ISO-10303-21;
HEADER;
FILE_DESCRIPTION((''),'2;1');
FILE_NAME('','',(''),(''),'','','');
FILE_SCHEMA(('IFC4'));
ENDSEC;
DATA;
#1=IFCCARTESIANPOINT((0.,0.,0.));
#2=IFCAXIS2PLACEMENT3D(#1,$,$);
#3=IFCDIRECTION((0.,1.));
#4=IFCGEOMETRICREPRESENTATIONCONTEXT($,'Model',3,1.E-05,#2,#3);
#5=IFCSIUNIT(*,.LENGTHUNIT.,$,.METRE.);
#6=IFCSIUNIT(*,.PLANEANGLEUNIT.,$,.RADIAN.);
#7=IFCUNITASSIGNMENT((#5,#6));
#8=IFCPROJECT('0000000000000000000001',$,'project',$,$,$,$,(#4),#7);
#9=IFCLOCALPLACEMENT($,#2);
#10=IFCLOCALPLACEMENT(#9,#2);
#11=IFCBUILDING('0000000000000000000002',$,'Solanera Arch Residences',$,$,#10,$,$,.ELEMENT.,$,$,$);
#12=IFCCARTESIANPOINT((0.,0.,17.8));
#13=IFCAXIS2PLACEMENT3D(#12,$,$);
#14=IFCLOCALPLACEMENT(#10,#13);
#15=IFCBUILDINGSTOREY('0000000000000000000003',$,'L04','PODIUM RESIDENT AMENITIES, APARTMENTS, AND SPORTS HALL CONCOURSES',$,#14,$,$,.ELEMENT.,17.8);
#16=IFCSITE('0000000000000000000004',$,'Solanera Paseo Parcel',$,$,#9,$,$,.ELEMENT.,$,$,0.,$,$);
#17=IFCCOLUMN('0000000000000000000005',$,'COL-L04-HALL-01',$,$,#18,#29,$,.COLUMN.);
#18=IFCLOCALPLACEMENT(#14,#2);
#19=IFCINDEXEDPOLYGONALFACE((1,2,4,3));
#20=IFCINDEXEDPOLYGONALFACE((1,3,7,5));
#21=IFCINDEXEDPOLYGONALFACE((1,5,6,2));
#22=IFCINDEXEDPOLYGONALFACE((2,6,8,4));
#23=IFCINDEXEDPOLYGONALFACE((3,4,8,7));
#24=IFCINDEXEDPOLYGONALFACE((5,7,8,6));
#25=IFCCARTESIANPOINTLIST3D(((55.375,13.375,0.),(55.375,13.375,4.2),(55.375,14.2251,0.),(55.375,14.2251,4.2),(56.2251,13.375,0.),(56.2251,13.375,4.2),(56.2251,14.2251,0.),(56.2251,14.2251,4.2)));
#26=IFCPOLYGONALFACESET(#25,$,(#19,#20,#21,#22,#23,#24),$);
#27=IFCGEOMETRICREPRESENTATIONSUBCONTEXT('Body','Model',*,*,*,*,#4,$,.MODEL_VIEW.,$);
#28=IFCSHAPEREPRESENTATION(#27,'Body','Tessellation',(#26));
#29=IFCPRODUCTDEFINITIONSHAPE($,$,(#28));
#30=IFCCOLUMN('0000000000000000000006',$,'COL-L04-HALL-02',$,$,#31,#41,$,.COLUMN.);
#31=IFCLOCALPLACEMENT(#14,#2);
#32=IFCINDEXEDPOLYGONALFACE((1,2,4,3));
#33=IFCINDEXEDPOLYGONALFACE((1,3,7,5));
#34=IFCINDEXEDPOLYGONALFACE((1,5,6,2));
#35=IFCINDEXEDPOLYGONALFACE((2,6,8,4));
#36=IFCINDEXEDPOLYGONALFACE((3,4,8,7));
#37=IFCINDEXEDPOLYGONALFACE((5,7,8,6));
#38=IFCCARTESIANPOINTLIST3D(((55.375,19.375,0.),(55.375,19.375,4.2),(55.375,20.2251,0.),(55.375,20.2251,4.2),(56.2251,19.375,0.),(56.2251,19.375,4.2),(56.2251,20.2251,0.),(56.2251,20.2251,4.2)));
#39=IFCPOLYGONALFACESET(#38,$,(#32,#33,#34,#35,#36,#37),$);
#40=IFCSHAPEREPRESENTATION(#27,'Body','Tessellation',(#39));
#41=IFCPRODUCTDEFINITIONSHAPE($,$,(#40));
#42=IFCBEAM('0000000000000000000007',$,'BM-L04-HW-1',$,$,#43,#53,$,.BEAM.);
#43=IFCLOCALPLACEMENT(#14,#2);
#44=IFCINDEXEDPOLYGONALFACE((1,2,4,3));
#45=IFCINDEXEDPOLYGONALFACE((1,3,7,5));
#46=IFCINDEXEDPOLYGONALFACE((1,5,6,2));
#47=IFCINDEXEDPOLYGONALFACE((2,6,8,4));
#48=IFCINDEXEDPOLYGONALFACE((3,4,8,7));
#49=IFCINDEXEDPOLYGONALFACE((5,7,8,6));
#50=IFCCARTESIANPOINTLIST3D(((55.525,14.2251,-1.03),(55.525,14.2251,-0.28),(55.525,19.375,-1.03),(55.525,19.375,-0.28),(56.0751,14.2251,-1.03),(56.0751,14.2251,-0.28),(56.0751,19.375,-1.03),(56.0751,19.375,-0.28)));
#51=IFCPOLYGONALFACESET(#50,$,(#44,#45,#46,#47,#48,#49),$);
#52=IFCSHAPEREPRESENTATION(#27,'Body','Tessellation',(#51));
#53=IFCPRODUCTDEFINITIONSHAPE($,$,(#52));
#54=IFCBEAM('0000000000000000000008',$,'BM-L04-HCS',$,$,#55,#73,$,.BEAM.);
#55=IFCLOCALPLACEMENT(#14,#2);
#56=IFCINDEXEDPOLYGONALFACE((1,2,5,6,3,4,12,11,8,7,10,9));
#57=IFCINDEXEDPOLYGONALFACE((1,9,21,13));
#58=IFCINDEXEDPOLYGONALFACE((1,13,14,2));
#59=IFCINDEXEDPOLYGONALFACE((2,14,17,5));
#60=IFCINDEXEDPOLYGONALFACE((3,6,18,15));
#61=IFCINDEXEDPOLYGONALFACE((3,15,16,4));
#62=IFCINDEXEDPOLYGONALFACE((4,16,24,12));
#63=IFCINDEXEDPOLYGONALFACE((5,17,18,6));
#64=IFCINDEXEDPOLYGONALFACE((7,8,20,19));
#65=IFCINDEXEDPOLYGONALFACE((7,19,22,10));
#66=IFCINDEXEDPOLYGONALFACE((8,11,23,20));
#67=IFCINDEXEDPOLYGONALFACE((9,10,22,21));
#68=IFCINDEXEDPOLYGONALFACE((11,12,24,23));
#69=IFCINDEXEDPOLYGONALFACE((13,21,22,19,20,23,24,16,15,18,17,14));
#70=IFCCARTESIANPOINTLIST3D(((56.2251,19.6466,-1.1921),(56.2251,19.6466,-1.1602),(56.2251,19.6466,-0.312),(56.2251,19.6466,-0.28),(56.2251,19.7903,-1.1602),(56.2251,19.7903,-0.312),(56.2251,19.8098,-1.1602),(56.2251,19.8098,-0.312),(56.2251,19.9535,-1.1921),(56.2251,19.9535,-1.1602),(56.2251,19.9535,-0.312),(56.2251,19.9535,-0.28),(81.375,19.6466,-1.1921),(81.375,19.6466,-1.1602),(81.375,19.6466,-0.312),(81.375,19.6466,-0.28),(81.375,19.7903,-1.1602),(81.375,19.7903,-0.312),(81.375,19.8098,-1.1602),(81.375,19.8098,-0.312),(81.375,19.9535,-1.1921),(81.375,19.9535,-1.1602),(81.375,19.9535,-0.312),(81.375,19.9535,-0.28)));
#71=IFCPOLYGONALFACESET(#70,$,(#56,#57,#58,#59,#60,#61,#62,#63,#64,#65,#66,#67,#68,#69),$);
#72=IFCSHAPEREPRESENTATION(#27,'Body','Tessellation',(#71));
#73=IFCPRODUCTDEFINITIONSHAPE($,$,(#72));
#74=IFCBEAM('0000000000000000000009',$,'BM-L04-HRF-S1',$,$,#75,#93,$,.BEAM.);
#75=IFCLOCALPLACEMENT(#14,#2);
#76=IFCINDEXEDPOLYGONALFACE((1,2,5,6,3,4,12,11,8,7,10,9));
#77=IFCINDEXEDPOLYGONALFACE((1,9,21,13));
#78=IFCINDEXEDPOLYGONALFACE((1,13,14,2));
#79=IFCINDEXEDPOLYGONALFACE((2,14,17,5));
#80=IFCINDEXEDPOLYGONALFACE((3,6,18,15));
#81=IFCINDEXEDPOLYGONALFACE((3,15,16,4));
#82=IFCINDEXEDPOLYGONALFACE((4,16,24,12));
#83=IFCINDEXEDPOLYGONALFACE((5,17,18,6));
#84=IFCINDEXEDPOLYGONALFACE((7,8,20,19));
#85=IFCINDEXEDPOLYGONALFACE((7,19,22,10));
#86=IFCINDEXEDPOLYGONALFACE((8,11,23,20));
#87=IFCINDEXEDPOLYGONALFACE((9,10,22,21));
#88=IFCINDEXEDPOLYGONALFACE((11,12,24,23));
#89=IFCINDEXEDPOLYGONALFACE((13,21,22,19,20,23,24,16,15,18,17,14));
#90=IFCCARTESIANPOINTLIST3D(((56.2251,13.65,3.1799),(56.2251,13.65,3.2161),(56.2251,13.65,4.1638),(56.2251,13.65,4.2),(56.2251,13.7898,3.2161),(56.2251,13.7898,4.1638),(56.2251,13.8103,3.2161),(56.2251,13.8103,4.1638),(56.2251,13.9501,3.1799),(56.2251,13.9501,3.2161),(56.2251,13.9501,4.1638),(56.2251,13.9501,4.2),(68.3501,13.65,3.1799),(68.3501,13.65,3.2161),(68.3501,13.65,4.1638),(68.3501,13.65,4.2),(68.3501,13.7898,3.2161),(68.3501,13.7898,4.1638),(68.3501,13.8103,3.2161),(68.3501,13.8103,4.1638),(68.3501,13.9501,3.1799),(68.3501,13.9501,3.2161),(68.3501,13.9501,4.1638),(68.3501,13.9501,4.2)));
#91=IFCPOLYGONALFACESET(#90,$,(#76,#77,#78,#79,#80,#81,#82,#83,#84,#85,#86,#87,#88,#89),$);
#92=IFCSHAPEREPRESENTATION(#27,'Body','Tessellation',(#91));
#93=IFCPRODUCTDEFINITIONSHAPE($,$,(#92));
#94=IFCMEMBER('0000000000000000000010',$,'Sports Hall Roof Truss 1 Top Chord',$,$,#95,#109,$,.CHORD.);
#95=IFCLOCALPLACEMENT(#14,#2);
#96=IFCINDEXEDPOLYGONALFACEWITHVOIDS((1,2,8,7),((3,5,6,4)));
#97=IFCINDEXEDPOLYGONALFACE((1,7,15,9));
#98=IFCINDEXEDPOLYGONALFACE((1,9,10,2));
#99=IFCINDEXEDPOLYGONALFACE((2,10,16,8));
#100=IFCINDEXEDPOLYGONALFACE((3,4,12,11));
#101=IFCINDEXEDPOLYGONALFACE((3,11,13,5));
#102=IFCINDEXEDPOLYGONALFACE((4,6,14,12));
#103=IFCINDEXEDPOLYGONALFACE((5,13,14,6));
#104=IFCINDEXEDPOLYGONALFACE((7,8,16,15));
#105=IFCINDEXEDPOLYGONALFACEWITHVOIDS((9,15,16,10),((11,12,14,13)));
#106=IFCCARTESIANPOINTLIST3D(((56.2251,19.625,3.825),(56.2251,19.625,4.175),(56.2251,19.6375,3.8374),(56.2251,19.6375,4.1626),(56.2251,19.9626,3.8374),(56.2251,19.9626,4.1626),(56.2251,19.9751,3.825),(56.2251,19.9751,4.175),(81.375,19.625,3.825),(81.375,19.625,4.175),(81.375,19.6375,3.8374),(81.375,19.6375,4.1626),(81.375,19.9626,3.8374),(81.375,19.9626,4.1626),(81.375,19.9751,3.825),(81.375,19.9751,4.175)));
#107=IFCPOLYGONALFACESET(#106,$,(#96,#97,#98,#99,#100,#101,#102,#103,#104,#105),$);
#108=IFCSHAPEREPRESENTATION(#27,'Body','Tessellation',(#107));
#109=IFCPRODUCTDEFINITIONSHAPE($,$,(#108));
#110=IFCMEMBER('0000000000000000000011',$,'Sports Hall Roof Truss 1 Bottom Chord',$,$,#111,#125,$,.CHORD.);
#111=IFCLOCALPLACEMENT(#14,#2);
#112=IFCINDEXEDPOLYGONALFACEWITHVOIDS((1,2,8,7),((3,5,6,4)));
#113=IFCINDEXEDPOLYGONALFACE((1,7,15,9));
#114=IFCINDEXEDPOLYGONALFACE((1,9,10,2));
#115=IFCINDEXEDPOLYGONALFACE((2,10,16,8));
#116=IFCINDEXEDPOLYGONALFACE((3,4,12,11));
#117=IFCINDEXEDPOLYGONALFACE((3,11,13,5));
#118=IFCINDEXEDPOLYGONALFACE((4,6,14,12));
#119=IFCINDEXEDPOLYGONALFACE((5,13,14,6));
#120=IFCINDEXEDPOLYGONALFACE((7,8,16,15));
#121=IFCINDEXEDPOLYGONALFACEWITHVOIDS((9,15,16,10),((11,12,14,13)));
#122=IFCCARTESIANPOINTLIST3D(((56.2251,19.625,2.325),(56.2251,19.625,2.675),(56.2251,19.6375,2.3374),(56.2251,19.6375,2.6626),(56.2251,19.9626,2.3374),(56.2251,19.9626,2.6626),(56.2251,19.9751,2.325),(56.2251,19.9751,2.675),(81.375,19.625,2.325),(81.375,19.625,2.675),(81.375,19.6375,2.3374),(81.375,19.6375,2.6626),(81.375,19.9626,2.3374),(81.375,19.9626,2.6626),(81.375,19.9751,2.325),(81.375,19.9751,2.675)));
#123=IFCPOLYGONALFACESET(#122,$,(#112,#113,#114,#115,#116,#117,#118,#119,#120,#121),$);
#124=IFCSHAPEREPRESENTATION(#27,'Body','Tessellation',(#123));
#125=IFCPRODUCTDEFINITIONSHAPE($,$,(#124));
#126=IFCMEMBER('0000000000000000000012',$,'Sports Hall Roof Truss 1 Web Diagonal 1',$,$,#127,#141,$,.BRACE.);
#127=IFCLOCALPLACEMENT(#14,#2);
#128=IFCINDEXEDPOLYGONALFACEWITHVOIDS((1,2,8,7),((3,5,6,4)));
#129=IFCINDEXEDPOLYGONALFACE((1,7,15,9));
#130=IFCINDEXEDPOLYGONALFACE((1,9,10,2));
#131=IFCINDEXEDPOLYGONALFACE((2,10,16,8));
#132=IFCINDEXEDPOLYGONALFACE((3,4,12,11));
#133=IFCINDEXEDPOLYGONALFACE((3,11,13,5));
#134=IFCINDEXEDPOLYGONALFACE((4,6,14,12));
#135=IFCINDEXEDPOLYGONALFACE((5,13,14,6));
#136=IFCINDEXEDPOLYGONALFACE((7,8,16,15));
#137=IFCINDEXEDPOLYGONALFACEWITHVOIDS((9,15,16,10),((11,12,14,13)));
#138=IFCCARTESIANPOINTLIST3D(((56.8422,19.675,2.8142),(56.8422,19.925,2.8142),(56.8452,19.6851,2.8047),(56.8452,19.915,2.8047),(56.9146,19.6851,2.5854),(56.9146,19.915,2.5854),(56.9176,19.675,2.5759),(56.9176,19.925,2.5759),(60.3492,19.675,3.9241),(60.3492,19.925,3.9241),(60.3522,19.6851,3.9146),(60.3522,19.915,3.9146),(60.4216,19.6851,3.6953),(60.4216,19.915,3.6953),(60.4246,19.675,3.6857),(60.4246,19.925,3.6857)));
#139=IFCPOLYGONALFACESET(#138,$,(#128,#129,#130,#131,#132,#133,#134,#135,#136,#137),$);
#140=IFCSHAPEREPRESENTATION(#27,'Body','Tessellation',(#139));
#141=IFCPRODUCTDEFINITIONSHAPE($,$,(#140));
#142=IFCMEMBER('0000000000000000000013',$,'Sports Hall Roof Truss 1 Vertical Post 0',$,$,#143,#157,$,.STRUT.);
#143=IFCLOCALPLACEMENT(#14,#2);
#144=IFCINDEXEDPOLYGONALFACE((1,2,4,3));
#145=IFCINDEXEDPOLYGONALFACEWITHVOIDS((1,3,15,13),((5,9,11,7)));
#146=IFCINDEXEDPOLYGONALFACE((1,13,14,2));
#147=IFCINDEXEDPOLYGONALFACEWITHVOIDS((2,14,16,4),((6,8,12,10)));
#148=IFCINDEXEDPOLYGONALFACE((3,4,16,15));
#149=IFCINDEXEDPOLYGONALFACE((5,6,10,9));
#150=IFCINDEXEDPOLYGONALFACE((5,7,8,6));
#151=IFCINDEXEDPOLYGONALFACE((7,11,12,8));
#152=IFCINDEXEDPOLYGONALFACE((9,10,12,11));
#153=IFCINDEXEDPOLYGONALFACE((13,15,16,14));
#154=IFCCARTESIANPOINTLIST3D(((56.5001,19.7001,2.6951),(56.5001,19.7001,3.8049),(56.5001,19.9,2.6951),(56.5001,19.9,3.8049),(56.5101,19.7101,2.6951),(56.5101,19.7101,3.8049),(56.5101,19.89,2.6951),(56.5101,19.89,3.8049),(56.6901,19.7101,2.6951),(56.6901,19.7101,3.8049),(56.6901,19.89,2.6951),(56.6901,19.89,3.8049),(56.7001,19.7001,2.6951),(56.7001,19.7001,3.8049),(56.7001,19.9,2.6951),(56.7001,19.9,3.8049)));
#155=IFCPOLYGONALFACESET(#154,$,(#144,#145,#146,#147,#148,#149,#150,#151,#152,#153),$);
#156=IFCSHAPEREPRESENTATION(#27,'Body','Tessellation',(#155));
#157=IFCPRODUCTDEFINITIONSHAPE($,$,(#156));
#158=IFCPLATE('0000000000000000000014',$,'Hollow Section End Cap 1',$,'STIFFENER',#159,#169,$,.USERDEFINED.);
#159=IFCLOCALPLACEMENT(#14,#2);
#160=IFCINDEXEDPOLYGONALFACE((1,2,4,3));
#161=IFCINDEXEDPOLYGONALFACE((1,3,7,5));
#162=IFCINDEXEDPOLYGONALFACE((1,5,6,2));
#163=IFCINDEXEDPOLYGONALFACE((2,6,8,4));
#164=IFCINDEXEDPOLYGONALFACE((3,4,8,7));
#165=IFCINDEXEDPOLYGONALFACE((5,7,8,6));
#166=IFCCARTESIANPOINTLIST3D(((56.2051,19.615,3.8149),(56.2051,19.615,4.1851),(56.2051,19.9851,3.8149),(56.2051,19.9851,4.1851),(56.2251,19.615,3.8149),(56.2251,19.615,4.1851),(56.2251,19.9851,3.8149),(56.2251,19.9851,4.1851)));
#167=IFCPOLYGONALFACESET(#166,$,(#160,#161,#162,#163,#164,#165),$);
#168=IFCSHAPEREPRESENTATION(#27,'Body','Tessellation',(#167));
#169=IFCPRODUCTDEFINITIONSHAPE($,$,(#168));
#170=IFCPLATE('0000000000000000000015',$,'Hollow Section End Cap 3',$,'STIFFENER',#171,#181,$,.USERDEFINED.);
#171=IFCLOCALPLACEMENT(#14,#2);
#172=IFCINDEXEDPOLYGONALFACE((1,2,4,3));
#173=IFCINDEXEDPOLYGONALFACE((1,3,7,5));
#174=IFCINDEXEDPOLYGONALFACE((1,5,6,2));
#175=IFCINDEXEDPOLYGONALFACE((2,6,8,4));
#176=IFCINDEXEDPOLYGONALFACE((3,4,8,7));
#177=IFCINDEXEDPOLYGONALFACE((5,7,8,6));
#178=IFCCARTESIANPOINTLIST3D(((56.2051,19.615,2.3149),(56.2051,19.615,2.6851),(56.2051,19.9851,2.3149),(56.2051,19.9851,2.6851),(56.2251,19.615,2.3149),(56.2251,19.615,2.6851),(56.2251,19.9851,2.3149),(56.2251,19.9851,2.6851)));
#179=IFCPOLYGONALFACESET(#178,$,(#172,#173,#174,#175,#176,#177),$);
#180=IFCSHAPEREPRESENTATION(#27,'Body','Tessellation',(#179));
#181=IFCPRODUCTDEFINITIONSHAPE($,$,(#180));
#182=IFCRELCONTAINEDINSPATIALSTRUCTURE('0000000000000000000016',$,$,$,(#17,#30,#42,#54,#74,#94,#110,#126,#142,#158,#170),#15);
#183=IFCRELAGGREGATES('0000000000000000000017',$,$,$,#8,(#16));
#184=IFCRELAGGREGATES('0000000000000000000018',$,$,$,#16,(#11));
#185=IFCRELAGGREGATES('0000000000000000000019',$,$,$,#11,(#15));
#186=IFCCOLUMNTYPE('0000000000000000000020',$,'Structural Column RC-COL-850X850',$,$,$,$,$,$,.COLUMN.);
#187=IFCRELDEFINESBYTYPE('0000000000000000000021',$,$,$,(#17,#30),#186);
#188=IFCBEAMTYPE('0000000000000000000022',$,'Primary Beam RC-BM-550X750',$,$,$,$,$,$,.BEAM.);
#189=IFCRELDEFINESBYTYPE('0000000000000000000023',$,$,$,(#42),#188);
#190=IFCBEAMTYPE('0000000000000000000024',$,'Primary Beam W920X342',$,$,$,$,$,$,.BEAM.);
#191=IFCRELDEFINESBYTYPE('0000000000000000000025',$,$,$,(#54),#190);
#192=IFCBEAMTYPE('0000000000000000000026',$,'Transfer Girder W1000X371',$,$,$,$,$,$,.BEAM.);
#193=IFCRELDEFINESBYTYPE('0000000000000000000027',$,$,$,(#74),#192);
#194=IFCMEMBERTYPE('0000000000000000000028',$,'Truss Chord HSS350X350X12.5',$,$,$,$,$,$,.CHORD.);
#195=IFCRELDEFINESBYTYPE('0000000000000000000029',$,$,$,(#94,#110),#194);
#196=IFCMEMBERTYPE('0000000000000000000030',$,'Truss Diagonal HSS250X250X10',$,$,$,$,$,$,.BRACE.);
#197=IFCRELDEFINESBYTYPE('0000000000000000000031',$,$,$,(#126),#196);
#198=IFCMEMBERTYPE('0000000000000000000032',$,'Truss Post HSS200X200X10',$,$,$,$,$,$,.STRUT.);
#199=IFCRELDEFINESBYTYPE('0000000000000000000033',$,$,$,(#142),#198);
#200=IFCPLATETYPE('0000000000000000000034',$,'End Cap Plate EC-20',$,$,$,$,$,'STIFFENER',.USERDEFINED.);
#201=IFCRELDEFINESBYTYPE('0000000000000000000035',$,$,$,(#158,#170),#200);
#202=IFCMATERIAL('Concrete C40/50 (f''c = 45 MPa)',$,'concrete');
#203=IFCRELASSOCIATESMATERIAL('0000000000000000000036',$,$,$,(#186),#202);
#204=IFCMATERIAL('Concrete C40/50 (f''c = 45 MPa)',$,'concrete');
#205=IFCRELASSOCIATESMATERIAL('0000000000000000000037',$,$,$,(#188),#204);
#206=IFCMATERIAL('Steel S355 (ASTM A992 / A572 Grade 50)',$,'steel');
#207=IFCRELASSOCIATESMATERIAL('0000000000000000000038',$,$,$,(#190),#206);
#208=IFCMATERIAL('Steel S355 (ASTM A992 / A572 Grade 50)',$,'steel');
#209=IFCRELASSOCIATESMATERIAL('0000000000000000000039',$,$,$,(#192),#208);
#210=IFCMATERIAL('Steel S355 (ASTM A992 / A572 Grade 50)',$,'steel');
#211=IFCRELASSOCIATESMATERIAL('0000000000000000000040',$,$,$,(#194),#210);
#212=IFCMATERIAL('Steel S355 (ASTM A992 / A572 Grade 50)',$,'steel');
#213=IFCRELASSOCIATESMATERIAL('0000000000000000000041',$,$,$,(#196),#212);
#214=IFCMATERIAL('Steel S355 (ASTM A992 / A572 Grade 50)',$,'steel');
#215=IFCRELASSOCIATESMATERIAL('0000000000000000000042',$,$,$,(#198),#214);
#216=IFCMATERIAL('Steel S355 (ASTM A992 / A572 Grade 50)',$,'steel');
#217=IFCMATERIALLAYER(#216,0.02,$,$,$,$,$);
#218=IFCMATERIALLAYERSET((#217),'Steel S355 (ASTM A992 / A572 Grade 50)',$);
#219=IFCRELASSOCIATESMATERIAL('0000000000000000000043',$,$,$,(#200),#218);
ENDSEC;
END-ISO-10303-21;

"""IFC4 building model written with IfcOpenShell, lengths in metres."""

from ifc_helpers import new_model, si_unit, direction, frame, origin, origin_2d, place, context, subcontext, project, spatial, rectangle, hollow_rectangle, i_section, extrude, material, layer, layer_set, material_profile, profile_set, type_object, element, save


model = new_model("IFC4")

# Units and contexts
model_context = context("Model", 3, precision=1e-05, world=origin(), true_north=direction((0.0, 1.0)))
body_context = subcontext(model_context, "Body", "Model", "MODEL_VIEW")
ifc_project = project(units=[si_unit("LENGTHUNIT", "METRE"), si_unit("PLANEANGLEUNIT", "RADIAN")], contexts=[model_context])

# Site, building, storey
site_placement = place(None, origin())
site = spatial("IfcSite", under=ifc_project, at=site_placement, Name="Solanera Paseo Parcel", CompositionType="ELEMENT", RefElevation=0.0)
building_placement = place(site_placement, origin())
building = spatial("IfcBuilding", under=site, at=building_placement, Name="Solanera Arch Residences", CompositionType="ELEMENT")
storey_placement = place(building_placement, frame((0.0, 0.0, 17.8)))
storey = spatial("IfcBuildingStorey", under=building, at=storey_placement, Name="L04", Description="PODIUM RESIDENT AMENITIES, APARTMENTS, AND SPORTS HALL CONCOURSES", CompositionType="ELEMENT", Elevation=17.8)

# Columns
ifc_material_1 = material(Name="Concrete C40/50 (f'c = 45 MPa)", Category="concrete")
ifc_material_profile_1 = material_profile(ifc_material_1, rectangle(XDim=0.8501, YDim=0.8501, at=origin_2d()))
ifc_profile_set_1 = profile_set([ifc_material_profile_1], Name="Concrete C40/50 (f'c = 45 MPa)")
column_type = type_object("IfcColumnType", Name="Structural Column RC-COL-850X850", PredefinedType="COLUMN", material=ifc_profile_set_1)
for number, where, z_axis, x_axis, name in (
    (1, (55.8, 13.8, 0.0), (0.0, 0.0, 1.0), (1.0, 0.0, 0.0), "COL-L04-HALL-01"),
    (2, (55.8, 19.8, 0.0), (0.0, 0.0, 1.0), (1.0, 0.0, 0.0), "COL-L04-HALL-02"),
):
    element("IfcColumn", number, at=place(storey_placement, frame(where, z_axis=z_axis, x_axis=x_axis)), inside=storey, type_object=column_type, Name=name, PredefinedType="COLUMN", context=body_context, shape_type="SweptSolid", body=[
        extrude(rectangle(XDim=0.8501, YDim=0.8501, at=origin_2d()), origin(), (0.0, 0.0, 1.0), 4.2),
    ])

# Beams
ifc_material_2 = material(Name="Concrete C40/50 (f'c = 45 MPa)", Category="concrete")
ifc_material_profile_2 = material_profile(ifc_material_2, rectangle(XDim=0.55, YDim=0.75, at=origin_2d()))
ifc_profile_set_2 = profile_set([ifc_material_profile_2], Name="Concrete C40/50 (f'c = 45 MPa)")
beam_type_1 = type_object("IfcBeamType", Name="Primary Beam RC-BM-550X750", PredefinedType="BEAM", material=ifc_profile_set_2)
beam_1_placement = place(storey_placement, frame((55.8, 14.2251, -0.655), z_axis=(0.0, 1.0, 0.0), x_axis=(-1.0, 0.0, 0.0)))
element("IfcBeam", 3, at=beam_1_placement, inside=storey, type_object=beam_type_1, Name="BM-L04-HW-1", PredefinedType="BEAM", context=body_context, shape_type="SweptSolid", body=[
    extrude(rectangle(XDim=0.55, YDim=0.75, at=origin_2d()), origin(), (0.0, 0.0, 1.0), 5.1499),
])
ifc_material_3 = material(Name="Steel S355 (ASTM A992 / A572 Grade 50)", Category="steel")
ifc_material_profile_3 = material_profile(ifc_material_3, i_section(OverallWidth=0.3069, OverallDepth=0.9121, WebThickness=0.0195, FlangeThickness=0.032, at=origin_2d()))
ifc_profile_set_3 = profile_set([ifc_material_profile_3], Name="Steel S355 (ASTM A992 / A572 Grade 50)")
beam_type_2 = type_object("IfcBeamType", Name="Primary Beam W920X342", PredefinedType="BEAM", material=ifc_profile_set_3)
beam_2_placement = place(storey_placement, frame((56.2251, 19.8, -0.7361), z_axis=(1.0, 0.0, 0.0), x_axis=(0.0, 1.0, 0.0)))
element("IfcBeam", 4, at=beam_2_placement, inside=storey, type_object=beam_type_2, Name="BM-L04-HCS", PredefinedType="BEAM", context=body_context, shape_type="SweptSolid", body=[
    extrude(i_section(OverallWidth=0.3069, OverallDepth=0.9121, WebThickness=0.0195, FlangeThickness=0.032, at=origin_2d()), origin(), (0.0, 0.0, 1.0), 25.1499),
])
ifc_material_4 = material(Name="Steel S355 (ASTM A992 / A572 Grade 50)", Category="steel")
ifc_material_profile_4 = material_profile(ifc_material_4, i_section(OverallWidth=0.3, OverallDepth=1.02, WebThickness=0.0205, FlangeThickness=0.0361, at=origin_2d()))
ifc_profile_set_4 = profile_set([ifc_material_profile_4], Name="Steel S355 (ASTM A992 / A572 Grade 50)")
beam_type_3 = type_object("IfcBeamType", Name="Transfer Girder W1000X371", PredefinedType="BEAM", material=ifc_profile_set_4)
beam_3_placement = place(storey_placement, frame((56.2251, 13.8, 3.6899), z_axis=(1.0, 0.0, 0.0), x_axis=(0.0, 1.0, 0.0)))
element("IfcBeam", 5, at=beam_3_placement, inside=storey, type_object=beam_type_3, Name="BM-L04-HRF-S1", PredefinedType="BEAM", context=body_context, shape_type="SweptSolid", body=[
    extrude(i_section(OverallWidth=0.3, OverallDepth=1.02, WebThickness=0.0205, FlangeThickness=0.0361, at=origin_2d()), origin(), (0.0, 0.0, 1.0), 12.125),
])

# Members
ifc_material_5 = material(Name="Steel S355 (ASTM A992 / A572 Grade 50)", Category="steel")
ifc_material_profile_5 = material_profile(ifc_material_5, hollow_rectangle(XDim=0.3501, YDim=0.3501, WallThickness=0.0125, at=origin_2d()))
ifc_profile_set_5 = profile_set([ifc_material_profile_5], Name="Steel S355 (ASTM A992 / A572 Grade 50)")
member_type_1 = type_object("IfcMemberType", Name="Truss Chord HSS350X350X12.5", PredefinedType="CHORD", material=ifc_profile_set_5)
for number, where, z_axis, x_axis, name in (
    (6, (56.2251, 19.8, 4.0), (1.0, 0.0, 0.0), (0.0, 1.0, 0.0), "Sports Hall Roof Truss 1 Top Chord"),
    (7, (56.2251, 19.8, 2.5), (1.0, 0.0, 0.0), (0.0, 1.0, 0.0), "Sports Hall Roof Truss 1 Bottom Chord"),
):
    element("IfcMember", number, at=place(storey_placement, frame(where, z_axis=z_axis, x_axis=x_axis)), inside=storey, type_object=member_type_1, Name=name, PredefinedType="CHORD", context=body_context, shape_type="SweptSolid", body=[
        extrude(hollow_rectangle(XDim=0.3501, YDim=0.3501, WallThickness=0.0125, at=origin_2d()), origin(), (0.0, 0.0, 1.0), 25.1499),
    ])
ifc_material_6 = material(Name="Steel S355 (ASTM A992 / A572 Grade 50)", Category="steel")
ifc_material_profile_6 = material_profile(ifc_material_6, hollow_rectangle(XDim=0.25, YDim=0.25, WallThickness=0.01, at=origin_2d()))
ifc_profile_set_6 = profile_set([ifc_material_profile_6], Name="Steel S355 (ASTM A992 / A572 Grade 50)")
member_type_2 = type_object("IfcMemberType", Name="Truss Diagonal HSS250X250X10", PredefinedType="BRACE", material=ifc_profile_set_6)
member_1_placement = place(storey_placement, frame((56.8799, 19.8, 2.6951), z_axis=(0.953398, 0.0, 0.301716), x_axis=(0.0, 1.0, 0.0)))
element("IfcMember", 8, at=member_1_placement, inside=storey, type_object=member_type_2, Name="Sports Hall Roof Truss 1 Web Diagonal 1", PredefinedType="BRACE", context=body_context, shape_type="SweptSolid", body=[
    extrude(hollow_rectangle(XDim=0.25, YDim=0.25, WallThickness=0.01, at=origin_2d()), origin(), (0.0, 0.0, 1.0), 3.6785),
])
ifc_material_7 = material(Name="Steel S355 (ASTM A992 / A572 Grade 50)", Category="steel")
ifc_material_profile_7 = material_profile(ifc_material_7, hollow_rectangle(XDim=0.2, YDim=0.2, WallThickness=0.01, at=origin_2d()))
ifc_profile_set_7 = profile_set([ifc_material_profile_7], Name="Steel S355 (ASTM A992 / A572 Grade 50)")
member_type_3 = type_object("IfcMemberType", Name="Truss Post HSS200X200X10", PredefinedType="STRUT", material=ifc_profile_set_7)
member_2_placement = place(storey_placement, frame((56.6001, 19.8, 2.6951), z_axis=(0.0, 0.0, 1.0), x_axis=(1.0, 0.0, 0.0)))
element("IfcMember", 9, at=member_2_placement, inside=storey, type_object=member_type_3, Name="Sports Hall Roof Truss 1 Vertical Post 0", PredefinedType="STRUT", context=body_context, shape_type="SweptSolid", body=[
    extrude(hollow_rectangle(XDim=0.2, YDim=0.2, WallThickness=0.01, at=origin_2d()), origin(), (0.0, 0.0, 1.0), 1.1099),
])

# Plates
ifc_material_8 = material(Name="Steel S355 (ASTM A992 / A572 Grade 50)", Category="steel")
ifc_layer_1 = layer(ifc_material_8, 0.02)
ifc_layer_set_1 = layer_set([ifc_layer_1], Name="Steel S355 (ASTM A992 / A572 Grade 50)")
plate_type_1 = type_object("IfcPlateType", Name="End Cap Plate EC-20", ElementType="STIFFENER", PredefinedType="USERDEFINED", material=ifc_layer_set_1)
for number, where, z_axis, x_axis, name in (
    (10, (56.2151, 19.8, 3.8149), (0.0, 0.0, 1.0), (-1.0, 0.0, 0.0), "Hollow Section End Cap 1"),
    (11, (56.2151, 19.8, 2.3149), (0.0, 0.0, 1.0), (-1.0, 0.0, 0.0), "Hollow Section End Cap 3"),
):
    element("IfcPlate", number, at=place(storey_placement, frame(where, z_axis=z_axis, x_axis=x_axis)), inside=storey, type_object=plate_type_1, Name=name, ObjectType="STIFFENER", PredefinedType="USERDEFINED", context=body_context, shape_type="SweptSolid", body=[
        extrude(rectangle(XDim=0.02, YDim=0.3701, at=origin_2d()), origin(), (0.0, 0.0, 1.0), 0.3701),
    ])

save(model, "model.ifc")
